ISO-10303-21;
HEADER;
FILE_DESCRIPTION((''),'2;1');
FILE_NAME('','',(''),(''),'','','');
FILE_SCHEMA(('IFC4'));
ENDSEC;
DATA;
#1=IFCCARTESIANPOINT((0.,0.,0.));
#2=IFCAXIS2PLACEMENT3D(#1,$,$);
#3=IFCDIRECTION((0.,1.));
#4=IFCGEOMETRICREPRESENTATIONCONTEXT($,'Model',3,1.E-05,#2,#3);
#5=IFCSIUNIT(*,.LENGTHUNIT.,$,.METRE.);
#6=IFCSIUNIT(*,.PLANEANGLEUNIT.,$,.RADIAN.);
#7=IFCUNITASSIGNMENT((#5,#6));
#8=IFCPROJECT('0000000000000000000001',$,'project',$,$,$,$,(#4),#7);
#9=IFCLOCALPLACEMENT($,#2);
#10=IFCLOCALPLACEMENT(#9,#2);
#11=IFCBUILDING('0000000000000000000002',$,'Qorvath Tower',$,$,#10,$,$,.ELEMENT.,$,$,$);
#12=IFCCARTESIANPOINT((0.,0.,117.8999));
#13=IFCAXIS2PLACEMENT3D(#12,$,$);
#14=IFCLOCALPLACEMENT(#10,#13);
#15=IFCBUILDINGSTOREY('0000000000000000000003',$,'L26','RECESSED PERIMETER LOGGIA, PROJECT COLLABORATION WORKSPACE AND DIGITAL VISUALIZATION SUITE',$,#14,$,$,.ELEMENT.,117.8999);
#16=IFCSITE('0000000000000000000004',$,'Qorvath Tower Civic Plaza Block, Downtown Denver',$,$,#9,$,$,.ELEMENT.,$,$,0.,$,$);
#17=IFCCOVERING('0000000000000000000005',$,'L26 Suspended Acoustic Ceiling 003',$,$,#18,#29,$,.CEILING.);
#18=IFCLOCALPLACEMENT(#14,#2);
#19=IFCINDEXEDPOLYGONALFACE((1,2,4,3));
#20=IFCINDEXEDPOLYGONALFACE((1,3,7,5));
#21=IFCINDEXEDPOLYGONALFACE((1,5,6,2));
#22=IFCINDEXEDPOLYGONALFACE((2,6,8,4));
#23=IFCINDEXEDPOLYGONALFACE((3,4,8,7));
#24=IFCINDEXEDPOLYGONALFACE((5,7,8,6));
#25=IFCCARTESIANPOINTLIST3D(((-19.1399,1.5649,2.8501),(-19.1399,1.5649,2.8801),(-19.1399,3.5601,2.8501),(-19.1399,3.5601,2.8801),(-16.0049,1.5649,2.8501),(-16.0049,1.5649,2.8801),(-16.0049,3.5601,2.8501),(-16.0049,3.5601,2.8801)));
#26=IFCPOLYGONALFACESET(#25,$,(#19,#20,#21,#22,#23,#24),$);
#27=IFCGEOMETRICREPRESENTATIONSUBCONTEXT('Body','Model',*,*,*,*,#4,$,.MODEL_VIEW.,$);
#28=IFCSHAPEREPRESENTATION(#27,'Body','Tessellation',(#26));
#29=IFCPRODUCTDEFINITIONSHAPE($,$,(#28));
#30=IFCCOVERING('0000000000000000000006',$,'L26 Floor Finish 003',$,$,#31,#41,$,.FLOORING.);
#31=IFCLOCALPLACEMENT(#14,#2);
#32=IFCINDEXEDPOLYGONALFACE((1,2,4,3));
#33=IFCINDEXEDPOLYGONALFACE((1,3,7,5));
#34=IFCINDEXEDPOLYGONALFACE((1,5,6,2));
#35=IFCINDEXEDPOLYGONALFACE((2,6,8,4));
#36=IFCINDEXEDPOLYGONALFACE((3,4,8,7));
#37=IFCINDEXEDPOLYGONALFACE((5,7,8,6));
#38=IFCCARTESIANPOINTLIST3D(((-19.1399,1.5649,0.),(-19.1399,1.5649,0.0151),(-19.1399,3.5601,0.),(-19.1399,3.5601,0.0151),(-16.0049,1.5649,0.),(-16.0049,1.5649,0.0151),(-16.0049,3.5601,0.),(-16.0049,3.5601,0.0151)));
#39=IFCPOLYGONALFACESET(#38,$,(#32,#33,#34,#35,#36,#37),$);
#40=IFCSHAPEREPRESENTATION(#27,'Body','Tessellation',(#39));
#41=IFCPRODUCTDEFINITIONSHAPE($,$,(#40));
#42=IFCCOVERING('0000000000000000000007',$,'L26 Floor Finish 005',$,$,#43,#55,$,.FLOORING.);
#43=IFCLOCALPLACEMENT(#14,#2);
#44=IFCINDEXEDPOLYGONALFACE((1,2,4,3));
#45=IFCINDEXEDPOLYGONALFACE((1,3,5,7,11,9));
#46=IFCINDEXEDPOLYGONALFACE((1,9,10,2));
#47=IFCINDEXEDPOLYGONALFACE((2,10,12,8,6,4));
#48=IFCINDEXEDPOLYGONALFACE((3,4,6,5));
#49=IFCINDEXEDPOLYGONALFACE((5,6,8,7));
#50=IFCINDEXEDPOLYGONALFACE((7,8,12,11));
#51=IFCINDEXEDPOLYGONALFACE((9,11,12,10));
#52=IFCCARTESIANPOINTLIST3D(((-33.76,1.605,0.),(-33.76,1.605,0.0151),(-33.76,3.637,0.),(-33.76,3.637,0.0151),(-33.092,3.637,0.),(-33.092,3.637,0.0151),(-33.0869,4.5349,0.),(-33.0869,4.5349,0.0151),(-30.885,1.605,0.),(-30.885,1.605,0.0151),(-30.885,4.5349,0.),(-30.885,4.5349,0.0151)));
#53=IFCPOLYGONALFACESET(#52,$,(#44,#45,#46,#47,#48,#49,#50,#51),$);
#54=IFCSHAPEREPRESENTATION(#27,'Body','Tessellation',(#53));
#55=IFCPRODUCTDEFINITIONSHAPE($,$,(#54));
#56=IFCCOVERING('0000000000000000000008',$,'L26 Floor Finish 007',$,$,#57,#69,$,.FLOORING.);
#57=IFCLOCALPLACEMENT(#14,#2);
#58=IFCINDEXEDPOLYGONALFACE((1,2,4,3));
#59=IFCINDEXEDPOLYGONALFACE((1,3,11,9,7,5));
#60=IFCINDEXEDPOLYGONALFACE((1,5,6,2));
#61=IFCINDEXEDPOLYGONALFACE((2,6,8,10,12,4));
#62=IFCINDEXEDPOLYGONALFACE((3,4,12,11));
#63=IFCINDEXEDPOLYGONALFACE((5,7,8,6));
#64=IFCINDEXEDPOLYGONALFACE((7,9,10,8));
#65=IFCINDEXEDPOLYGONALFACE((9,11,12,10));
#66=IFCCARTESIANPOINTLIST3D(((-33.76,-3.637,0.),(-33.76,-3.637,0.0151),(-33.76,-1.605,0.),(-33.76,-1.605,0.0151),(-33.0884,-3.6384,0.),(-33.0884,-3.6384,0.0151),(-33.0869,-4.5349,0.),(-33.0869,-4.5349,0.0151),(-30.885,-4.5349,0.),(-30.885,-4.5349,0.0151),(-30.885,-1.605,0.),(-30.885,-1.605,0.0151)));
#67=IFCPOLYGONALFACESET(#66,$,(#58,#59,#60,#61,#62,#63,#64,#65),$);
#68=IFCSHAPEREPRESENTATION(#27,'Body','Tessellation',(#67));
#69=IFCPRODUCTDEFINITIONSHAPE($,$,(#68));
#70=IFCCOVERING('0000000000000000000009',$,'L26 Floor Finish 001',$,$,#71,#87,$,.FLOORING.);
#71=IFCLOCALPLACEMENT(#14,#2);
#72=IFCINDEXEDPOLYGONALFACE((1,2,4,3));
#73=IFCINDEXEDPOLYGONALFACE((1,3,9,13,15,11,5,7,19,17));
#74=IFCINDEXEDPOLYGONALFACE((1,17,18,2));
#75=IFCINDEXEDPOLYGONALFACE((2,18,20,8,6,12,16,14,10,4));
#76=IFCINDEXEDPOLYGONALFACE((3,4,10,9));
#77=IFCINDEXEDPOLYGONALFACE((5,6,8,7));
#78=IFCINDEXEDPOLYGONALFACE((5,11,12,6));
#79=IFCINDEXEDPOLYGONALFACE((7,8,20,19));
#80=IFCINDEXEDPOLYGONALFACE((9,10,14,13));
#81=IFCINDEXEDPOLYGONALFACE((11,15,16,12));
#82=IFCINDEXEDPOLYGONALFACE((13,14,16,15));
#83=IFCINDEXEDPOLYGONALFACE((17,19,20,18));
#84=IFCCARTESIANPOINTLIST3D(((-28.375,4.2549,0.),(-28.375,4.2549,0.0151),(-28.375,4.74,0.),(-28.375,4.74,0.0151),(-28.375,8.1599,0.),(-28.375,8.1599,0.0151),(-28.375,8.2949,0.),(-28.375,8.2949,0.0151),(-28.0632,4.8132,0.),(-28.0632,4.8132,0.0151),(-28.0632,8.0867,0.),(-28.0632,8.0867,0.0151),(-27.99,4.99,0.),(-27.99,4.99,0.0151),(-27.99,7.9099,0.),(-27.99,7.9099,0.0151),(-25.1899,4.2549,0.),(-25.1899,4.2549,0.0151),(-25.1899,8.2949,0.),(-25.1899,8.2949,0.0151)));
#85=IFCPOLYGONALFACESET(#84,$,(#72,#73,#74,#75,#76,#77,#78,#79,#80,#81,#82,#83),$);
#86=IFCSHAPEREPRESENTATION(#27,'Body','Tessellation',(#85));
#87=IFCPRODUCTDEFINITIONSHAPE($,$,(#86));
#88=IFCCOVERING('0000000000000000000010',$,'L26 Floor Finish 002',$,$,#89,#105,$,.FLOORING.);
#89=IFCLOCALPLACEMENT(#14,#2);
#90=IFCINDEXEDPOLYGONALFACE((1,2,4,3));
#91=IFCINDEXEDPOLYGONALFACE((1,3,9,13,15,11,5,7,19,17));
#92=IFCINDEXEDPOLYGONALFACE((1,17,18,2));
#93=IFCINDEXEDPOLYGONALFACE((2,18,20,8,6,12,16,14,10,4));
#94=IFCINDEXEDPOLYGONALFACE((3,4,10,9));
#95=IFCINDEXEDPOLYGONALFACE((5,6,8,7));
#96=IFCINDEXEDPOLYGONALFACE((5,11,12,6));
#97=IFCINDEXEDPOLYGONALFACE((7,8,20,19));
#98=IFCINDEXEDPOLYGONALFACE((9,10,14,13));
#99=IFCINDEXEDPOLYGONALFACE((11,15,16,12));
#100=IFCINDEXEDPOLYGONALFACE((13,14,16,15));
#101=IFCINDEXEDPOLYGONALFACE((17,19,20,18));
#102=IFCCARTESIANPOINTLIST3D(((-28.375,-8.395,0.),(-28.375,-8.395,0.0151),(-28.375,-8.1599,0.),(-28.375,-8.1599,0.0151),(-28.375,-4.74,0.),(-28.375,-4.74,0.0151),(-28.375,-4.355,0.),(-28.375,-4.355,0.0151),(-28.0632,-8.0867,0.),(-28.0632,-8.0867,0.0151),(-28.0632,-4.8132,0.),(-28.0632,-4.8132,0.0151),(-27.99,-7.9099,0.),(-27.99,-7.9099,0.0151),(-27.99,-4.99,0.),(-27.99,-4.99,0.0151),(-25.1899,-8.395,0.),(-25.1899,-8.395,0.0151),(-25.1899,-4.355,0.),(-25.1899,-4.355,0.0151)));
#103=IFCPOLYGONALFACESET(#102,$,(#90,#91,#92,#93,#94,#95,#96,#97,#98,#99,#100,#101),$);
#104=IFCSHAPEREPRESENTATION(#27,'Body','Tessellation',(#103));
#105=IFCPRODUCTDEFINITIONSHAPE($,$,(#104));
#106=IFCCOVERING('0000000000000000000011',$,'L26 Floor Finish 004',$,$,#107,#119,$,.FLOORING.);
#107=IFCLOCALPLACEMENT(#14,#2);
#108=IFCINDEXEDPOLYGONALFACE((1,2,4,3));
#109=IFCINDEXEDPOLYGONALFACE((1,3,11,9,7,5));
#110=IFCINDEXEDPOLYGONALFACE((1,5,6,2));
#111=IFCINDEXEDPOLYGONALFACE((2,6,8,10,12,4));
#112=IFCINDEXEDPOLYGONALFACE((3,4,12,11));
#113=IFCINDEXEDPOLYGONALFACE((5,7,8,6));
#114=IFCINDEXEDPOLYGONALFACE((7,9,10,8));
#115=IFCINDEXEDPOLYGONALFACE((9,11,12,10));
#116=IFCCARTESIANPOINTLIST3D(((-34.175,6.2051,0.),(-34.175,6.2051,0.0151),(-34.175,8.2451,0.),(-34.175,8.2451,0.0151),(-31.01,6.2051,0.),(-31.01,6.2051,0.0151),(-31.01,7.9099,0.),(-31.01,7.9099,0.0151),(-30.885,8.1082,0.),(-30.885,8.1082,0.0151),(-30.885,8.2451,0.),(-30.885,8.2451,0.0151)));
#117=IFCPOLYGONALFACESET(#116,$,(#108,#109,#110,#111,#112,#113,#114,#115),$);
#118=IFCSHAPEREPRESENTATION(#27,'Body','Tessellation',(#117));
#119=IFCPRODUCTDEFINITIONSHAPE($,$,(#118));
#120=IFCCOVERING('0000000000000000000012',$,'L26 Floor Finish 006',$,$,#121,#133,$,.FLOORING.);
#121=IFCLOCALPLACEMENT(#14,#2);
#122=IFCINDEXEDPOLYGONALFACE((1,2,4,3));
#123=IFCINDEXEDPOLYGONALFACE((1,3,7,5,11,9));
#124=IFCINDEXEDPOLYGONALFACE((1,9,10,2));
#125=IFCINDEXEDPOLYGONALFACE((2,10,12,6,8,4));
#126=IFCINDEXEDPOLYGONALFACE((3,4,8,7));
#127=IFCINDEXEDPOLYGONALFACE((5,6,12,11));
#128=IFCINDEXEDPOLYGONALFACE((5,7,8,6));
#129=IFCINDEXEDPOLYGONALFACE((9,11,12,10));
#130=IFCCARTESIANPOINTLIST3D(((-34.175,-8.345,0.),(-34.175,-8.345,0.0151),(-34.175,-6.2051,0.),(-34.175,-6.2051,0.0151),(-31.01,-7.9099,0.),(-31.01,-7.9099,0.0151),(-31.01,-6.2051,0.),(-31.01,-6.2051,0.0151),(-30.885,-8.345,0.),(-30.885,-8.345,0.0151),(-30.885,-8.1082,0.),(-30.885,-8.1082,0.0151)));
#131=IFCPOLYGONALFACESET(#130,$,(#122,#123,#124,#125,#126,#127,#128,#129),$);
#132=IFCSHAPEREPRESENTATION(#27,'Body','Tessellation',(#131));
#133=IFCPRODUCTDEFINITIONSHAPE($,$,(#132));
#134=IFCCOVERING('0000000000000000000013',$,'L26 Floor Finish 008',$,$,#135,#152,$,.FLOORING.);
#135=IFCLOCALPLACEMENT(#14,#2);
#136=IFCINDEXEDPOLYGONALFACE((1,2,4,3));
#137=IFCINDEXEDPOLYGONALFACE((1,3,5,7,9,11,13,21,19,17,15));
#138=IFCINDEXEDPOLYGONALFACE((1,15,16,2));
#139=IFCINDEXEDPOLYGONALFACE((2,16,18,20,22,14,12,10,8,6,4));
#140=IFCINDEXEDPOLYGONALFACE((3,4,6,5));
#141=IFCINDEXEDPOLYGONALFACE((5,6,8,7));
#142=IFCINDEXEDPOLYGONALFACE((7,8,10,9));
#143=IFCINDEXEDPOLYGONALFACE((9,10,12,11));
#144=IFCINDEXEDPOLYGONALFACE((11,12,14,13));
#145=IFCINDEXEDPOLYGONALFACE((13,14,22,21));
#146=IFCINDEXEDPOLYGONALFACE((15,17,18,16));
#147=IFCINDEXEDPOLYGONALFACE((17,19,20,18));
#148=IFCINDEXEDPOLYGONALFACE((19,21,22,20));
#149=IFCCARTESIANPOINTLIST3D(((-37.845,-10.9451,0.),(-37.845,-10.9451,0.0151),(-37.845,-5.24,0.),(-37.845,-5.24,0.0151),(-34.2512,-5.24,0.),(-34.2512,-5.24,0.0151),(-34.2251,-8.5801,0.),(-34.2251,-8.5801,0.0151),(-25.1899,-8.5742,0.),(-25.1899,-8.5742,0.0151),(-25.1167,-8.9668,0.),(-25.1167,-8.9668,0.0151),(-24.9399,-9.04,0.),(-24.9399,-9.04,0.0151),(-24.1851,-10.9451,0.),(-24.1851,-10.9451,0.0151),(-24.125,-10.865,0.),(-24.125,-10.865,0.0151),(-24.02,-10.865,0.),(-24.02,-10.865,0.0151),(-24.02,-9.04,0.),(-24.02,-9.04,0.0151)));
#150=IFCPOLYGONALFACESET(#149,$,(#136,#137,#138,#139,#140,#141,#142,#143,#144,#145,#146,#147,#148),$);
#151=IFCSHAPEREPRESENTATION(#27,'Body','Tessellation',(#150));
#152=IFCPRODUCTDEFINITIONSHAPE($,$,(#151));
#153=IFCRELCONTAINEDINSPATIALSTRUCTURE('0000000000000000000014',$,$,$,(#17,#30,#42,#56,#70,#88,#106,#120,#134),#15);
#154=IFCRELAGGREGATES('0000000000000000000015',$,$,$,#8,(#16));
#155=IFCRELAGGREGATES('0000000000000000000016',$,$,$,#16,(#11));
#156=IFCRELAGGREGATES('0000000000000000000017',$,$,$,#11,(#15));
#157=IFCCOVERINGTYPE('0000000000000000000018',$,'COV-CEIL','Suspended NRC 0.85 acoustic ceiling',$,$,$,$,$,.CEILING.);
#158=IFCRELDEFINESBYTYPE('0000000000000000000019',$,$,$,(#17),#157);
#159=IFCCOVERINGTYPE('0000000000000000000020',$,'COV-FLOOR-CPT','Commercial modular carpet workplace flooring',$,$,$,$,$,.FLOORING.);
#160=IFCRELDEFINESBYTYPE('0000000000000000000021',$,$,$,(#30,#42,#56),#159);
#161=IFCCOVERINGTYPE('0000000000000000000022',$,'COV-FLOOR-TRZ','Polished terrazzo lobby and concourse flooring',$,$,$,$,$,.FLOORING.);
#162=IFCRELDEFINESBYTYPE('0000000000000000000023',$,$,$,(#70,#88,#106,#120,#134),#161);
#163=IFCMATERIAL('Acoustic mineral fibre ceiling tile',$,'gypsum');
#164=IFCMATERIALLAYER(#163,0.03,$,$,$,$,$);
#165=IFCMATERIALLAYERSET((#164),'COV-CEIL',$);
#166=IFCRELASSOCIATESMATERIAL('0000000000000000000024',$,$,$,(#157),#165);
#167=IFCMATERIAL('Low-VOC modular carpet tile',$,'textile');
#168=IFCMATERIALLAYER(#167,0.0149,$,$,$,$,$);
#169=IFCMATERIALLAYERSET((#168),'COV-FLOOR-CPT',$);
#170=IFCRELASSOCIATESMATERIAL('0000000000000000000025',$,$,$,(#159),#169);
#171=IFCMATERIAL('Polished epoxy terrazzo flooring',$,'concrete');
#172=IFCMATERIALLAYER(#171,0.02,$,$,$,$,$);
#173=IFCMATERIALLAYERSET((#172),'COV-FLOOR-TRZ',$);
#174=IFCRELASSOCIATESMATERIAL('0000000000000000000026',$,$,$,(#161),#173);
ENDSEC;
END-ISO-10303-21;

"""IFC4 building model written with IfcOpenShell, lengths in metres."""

from ifc_helpers import new_model, si_unit, direction, frame, origin, place, context, subcontext, project, spatial, polyline, outline, extrude, material, layer, layer_set, type_object, element, save


model = new_model("IFC4")

# Units and contexts
model_context = context("Model", 3, precision=1e-05, world=origin(), true_north=direction((0.0, 1.0)))
body_context = subcontext(model_context, "Body", "Model", "MODEL_VIEW")
ifc_project = project(units=[si_unit("LENGTHUNIT", "METRE"), si_unit("PLANEANGLEUNIT", "RADIAN")], contexts=[model_context])

# Site, building, storey
site_placement = place(None, origin())
site = spatial("IfcSite", under=ifc_project, at=site_placement, Name="Qorvath Tower Civic Plaza Block, Downtown Denver", CompositionType="ELEMENT", RefElevation=0.0)
building_placement = place(site_placement, origin())
building = spatial("IfcBuilding", under=site, at=building_placement, Name="Qorvath Tower", CompositionType="ELEMENT")
storey_placement = place(building_placement, frame((0.0, 0.0, 117.8999)))
storey = spatial("IfcBuildingStorey", under=building, at=storey_placement, Name="L26", Description="RECESSED PERIMETER LOGGIA, PROJECT COLLABORATION WORKSPACE AND DIGITAL VISUALIZATION SUITE", CompositionType="ELEMENT", Elevation=117.8999)

# Coverings
ifc_material_1 = material(Name="Acoustic mineral fibre ceiling tile", Category="gypsum")
ifc_layer_1 = layer(ifc_material_1, 0.03)
ifc_layer_set_1 = layer_set([ifc_layer_1], Name="COV-CEIL")
covering_type_1 = type_object("IfcCoveringType", Name="COV-CEIL", Description="Suspended NRC 0.85 acoustic ceiling", PredefinedType="CEILING", material=ifc_layer_set_1)
covering_1_placement = place(storey_placement, frame((0.0, 0.0, 2.8501)))
element("IfcCovering", 1, at=covering_1_placement, inside=storey, type_object=covering_type_1, Name="L26 Suspended Acoustic Ceiling 003", PredefinedType="CEILING", context=body_context, shape_type="SweptSolid", body=[
    extrude(outline(polyline([(-16.0049, 3.5601), (-19.1399, 3.5601), (-19.1399, 1.5649), (-16.0049, 1.5649), (-16.0049, 3.5601)])), origin(), (0.0, 0.0, 1.0), 0.03),
])
ifc_material_2 = material(Name="Low-VOC modular carpet tile", Category="textile")
ifc_layer_2 = layer(ifc_material_2, 0.0149)
ifc_layer_set_2 = layer_set([ifc_layer_2], Name="COV-FLOOR-CPT")
covering_type_2 = type_object("IfcCoveringType", Name="COV-FLOOR-CPT", Description="Commercial modular carpet workplace flooring", PredefinedType="FLOORING", material=ifc_layer_set_2)
covering_2_placement = place(storey_placement, origin())
element("IfcCovering", 2, at=covering_2_placement, inside=storey, type_object=covering_type_2, Name="L26 Floor Finish 003", PredefinedType="FLOORING", context=body_context, shape_type="SweptSolid", body=[
    extrude(outline(polyline([(-16.0049, 3.5601), (-19.1399, 3.5601), (-19.1399, 1.5649), (-16.0049, 1.5649), (-16.0049, 3.5601)])), origin(), (0.0, 0.0, 1.0), 0.0151),
])
covering_3_placement = place(storey_placement, origin())
element("IfcCovering", 3, at=covering_3_placement, inside=storey, type_object=covering_type_2, Name="L26 Floor Finish 005", PredefinedType="FLOORING", context=body_context, shape_type="SweptSolid", body=[
    extrude(outline(polyline([(-33.76, 3.637), (-33.76, 1.605), (-30.885, 1.605), (-30.885, 4.5349), (-33.0869, 4.5349), (-33.092, 3.637), (-33.76, 3.637)])), origin(), (0.0, 0.0, 1.0), 0.0151),
])
covering_4_placement = place(storey_placement, origin())
element("IfcCovering", 4, at=covering_4_placement, inside=storey, type_object=covering_type_2, Name="L26 Floor Finish 007", PredefinedType="FLOORING", context=body_context, shape_type="SweptSolid", body=[
    extrude(outline(polyline([(-30.885, -4.5349), (-30.885, -1.605), (-33.76, -1.605), (-33.76, -3.637), (-33.0884, -3.6384), (-33.0869, -4.5349), (-30.885, -4.5349)])), origin(), (0.0, 0.0, 1.0), 0.0151),
])
ifc_material_3 = material(Name="Polished epoxy terrazzo flooring", Category="concrete")
ifc_layer_3 = layer(ifc_material_3, 0.02)
ifc_layer_set_3 = layer_set([ifc_layer_3], Name="COV-FLOOR-TRZ")
covering_type_3 = type_object("IfcCoveringType", Name="COV-FLOOR-TRZ", Description="Polished terrazzo lobby and concourse flooring", PredefinedType="FLOORING", material=ifc_layer_set_3)
covering_5_placement = place(storey_placement, origin())
element("IfcCovering", 5, at=covering_5_placement, inside=storey, type_object=covering_type_3, Name="L26 Floor Finish 001", PredefinedType="FLOORING", context=body_context, shape_type="SweptSolid", body=[
    extrude(outline(polyline([(-25.1899, 4.2549), (-25.1899, 8.2949), (-28.375, 8.2949), (-28.375, 8.1599), (-28.0632, 8.0867), (-27.99, 7.9099), (-27.99, 4.99), (-28.0632, 4.8132), (-28.375, 4.74), (-28.375, 4.2549), (-25.1899, 4.2549)])), origin(), (0.0, 0.0, 1.0), 0.0151),
])
covering_6_placement = place(storey_placement, origin())
element("IfcCovering", 6, at=covering_6_placement, inside=storey, type_object=covering_type_3, Name="L26 Floor Finish 002", PredefinedType="FLOORING", context=body_context, shape_type="SweptSolid", body=[
    extrude(outline(polyline([(-25.1899, -8.395), (-25.1899, -4.355), (-28.375, -4.355), (-28.375, -4.74), (-28.0632, -4.8132), (-27.99, -4.99), (-27.99, -7.9099), (-28.0632, -8.0867), (-28.375, -8.1599), (-28.375, -8.395), (-25.1899, -8.395)])), origin(), (0.0, 0.0, 1.0), 0.0151),
])
covering_7_placement = place(storey_placement, origin())
element("IfcCovering", 7, at=covering_7_placement, inside=storey, type_object=covering_type_3, Name="L26 Floor Finish 004", PredefinedType="FLOORING", context=body_context, shape_type="SweptSolid", body=[
    extrude(outline(polyline([(-31.01, 6.2051), (-31.01, 7.9099), (-30.885, 8.1082), (-30.885, 8.2451), (-34.175, 8.2451), (-34.175, 6.2051), (-31.01, 6.2051)])), origin(), (0.0, 0.0, 1.0), 0.0151),
])
covering_8_placement = place(storey_placement, origin())
element("IfcCovering", 8, at=covering_8_placement, inside=storey, type_object=covering_type_3, Name="L26 Floor Finish 006", PredefinedType="FLOORING", context=body_context, shape_type="SweptSolid", body=[
    extrude(outline(polyline([(-30.885, -8.345), (-30.885, -8.1082), (-31.01, -7.9099), (-31.01, -6.2051), (-34.175, -6.2051), (-34.175, -8.345), (-30.885, -8.345)])), origin(), (0.0, 0.0, 1.0), 0.0151),
])
covering_9_placement = place(storey_placement, origin())
element("IfcCovering", 9, at=covering_9_placement, inside=storey, type_object=covering_type_3, Name="L26 Floor Finish 008", PredefinedType="FLOORING", context=body_context, shape_type="SweptSolid", body=[
    extrude(outline(polyline([(-34.2251, -8.5801), (-34.2512, -5.24), (-37.845, -5.24), (-37.845, -10.9451), (-24.1851, -10.9451), (-24.125, -10.865), (-24.02, -10.865), (-24.02, -9.04), (-24.9399, -9.04), (-25.1167, -8.9668), (-25.1899, -8.5742), (-34.2251, -8.5801)])), origin(), (0.0, 0.0, 1.0), 0.0151),
])

save(model, "model.ifc")
